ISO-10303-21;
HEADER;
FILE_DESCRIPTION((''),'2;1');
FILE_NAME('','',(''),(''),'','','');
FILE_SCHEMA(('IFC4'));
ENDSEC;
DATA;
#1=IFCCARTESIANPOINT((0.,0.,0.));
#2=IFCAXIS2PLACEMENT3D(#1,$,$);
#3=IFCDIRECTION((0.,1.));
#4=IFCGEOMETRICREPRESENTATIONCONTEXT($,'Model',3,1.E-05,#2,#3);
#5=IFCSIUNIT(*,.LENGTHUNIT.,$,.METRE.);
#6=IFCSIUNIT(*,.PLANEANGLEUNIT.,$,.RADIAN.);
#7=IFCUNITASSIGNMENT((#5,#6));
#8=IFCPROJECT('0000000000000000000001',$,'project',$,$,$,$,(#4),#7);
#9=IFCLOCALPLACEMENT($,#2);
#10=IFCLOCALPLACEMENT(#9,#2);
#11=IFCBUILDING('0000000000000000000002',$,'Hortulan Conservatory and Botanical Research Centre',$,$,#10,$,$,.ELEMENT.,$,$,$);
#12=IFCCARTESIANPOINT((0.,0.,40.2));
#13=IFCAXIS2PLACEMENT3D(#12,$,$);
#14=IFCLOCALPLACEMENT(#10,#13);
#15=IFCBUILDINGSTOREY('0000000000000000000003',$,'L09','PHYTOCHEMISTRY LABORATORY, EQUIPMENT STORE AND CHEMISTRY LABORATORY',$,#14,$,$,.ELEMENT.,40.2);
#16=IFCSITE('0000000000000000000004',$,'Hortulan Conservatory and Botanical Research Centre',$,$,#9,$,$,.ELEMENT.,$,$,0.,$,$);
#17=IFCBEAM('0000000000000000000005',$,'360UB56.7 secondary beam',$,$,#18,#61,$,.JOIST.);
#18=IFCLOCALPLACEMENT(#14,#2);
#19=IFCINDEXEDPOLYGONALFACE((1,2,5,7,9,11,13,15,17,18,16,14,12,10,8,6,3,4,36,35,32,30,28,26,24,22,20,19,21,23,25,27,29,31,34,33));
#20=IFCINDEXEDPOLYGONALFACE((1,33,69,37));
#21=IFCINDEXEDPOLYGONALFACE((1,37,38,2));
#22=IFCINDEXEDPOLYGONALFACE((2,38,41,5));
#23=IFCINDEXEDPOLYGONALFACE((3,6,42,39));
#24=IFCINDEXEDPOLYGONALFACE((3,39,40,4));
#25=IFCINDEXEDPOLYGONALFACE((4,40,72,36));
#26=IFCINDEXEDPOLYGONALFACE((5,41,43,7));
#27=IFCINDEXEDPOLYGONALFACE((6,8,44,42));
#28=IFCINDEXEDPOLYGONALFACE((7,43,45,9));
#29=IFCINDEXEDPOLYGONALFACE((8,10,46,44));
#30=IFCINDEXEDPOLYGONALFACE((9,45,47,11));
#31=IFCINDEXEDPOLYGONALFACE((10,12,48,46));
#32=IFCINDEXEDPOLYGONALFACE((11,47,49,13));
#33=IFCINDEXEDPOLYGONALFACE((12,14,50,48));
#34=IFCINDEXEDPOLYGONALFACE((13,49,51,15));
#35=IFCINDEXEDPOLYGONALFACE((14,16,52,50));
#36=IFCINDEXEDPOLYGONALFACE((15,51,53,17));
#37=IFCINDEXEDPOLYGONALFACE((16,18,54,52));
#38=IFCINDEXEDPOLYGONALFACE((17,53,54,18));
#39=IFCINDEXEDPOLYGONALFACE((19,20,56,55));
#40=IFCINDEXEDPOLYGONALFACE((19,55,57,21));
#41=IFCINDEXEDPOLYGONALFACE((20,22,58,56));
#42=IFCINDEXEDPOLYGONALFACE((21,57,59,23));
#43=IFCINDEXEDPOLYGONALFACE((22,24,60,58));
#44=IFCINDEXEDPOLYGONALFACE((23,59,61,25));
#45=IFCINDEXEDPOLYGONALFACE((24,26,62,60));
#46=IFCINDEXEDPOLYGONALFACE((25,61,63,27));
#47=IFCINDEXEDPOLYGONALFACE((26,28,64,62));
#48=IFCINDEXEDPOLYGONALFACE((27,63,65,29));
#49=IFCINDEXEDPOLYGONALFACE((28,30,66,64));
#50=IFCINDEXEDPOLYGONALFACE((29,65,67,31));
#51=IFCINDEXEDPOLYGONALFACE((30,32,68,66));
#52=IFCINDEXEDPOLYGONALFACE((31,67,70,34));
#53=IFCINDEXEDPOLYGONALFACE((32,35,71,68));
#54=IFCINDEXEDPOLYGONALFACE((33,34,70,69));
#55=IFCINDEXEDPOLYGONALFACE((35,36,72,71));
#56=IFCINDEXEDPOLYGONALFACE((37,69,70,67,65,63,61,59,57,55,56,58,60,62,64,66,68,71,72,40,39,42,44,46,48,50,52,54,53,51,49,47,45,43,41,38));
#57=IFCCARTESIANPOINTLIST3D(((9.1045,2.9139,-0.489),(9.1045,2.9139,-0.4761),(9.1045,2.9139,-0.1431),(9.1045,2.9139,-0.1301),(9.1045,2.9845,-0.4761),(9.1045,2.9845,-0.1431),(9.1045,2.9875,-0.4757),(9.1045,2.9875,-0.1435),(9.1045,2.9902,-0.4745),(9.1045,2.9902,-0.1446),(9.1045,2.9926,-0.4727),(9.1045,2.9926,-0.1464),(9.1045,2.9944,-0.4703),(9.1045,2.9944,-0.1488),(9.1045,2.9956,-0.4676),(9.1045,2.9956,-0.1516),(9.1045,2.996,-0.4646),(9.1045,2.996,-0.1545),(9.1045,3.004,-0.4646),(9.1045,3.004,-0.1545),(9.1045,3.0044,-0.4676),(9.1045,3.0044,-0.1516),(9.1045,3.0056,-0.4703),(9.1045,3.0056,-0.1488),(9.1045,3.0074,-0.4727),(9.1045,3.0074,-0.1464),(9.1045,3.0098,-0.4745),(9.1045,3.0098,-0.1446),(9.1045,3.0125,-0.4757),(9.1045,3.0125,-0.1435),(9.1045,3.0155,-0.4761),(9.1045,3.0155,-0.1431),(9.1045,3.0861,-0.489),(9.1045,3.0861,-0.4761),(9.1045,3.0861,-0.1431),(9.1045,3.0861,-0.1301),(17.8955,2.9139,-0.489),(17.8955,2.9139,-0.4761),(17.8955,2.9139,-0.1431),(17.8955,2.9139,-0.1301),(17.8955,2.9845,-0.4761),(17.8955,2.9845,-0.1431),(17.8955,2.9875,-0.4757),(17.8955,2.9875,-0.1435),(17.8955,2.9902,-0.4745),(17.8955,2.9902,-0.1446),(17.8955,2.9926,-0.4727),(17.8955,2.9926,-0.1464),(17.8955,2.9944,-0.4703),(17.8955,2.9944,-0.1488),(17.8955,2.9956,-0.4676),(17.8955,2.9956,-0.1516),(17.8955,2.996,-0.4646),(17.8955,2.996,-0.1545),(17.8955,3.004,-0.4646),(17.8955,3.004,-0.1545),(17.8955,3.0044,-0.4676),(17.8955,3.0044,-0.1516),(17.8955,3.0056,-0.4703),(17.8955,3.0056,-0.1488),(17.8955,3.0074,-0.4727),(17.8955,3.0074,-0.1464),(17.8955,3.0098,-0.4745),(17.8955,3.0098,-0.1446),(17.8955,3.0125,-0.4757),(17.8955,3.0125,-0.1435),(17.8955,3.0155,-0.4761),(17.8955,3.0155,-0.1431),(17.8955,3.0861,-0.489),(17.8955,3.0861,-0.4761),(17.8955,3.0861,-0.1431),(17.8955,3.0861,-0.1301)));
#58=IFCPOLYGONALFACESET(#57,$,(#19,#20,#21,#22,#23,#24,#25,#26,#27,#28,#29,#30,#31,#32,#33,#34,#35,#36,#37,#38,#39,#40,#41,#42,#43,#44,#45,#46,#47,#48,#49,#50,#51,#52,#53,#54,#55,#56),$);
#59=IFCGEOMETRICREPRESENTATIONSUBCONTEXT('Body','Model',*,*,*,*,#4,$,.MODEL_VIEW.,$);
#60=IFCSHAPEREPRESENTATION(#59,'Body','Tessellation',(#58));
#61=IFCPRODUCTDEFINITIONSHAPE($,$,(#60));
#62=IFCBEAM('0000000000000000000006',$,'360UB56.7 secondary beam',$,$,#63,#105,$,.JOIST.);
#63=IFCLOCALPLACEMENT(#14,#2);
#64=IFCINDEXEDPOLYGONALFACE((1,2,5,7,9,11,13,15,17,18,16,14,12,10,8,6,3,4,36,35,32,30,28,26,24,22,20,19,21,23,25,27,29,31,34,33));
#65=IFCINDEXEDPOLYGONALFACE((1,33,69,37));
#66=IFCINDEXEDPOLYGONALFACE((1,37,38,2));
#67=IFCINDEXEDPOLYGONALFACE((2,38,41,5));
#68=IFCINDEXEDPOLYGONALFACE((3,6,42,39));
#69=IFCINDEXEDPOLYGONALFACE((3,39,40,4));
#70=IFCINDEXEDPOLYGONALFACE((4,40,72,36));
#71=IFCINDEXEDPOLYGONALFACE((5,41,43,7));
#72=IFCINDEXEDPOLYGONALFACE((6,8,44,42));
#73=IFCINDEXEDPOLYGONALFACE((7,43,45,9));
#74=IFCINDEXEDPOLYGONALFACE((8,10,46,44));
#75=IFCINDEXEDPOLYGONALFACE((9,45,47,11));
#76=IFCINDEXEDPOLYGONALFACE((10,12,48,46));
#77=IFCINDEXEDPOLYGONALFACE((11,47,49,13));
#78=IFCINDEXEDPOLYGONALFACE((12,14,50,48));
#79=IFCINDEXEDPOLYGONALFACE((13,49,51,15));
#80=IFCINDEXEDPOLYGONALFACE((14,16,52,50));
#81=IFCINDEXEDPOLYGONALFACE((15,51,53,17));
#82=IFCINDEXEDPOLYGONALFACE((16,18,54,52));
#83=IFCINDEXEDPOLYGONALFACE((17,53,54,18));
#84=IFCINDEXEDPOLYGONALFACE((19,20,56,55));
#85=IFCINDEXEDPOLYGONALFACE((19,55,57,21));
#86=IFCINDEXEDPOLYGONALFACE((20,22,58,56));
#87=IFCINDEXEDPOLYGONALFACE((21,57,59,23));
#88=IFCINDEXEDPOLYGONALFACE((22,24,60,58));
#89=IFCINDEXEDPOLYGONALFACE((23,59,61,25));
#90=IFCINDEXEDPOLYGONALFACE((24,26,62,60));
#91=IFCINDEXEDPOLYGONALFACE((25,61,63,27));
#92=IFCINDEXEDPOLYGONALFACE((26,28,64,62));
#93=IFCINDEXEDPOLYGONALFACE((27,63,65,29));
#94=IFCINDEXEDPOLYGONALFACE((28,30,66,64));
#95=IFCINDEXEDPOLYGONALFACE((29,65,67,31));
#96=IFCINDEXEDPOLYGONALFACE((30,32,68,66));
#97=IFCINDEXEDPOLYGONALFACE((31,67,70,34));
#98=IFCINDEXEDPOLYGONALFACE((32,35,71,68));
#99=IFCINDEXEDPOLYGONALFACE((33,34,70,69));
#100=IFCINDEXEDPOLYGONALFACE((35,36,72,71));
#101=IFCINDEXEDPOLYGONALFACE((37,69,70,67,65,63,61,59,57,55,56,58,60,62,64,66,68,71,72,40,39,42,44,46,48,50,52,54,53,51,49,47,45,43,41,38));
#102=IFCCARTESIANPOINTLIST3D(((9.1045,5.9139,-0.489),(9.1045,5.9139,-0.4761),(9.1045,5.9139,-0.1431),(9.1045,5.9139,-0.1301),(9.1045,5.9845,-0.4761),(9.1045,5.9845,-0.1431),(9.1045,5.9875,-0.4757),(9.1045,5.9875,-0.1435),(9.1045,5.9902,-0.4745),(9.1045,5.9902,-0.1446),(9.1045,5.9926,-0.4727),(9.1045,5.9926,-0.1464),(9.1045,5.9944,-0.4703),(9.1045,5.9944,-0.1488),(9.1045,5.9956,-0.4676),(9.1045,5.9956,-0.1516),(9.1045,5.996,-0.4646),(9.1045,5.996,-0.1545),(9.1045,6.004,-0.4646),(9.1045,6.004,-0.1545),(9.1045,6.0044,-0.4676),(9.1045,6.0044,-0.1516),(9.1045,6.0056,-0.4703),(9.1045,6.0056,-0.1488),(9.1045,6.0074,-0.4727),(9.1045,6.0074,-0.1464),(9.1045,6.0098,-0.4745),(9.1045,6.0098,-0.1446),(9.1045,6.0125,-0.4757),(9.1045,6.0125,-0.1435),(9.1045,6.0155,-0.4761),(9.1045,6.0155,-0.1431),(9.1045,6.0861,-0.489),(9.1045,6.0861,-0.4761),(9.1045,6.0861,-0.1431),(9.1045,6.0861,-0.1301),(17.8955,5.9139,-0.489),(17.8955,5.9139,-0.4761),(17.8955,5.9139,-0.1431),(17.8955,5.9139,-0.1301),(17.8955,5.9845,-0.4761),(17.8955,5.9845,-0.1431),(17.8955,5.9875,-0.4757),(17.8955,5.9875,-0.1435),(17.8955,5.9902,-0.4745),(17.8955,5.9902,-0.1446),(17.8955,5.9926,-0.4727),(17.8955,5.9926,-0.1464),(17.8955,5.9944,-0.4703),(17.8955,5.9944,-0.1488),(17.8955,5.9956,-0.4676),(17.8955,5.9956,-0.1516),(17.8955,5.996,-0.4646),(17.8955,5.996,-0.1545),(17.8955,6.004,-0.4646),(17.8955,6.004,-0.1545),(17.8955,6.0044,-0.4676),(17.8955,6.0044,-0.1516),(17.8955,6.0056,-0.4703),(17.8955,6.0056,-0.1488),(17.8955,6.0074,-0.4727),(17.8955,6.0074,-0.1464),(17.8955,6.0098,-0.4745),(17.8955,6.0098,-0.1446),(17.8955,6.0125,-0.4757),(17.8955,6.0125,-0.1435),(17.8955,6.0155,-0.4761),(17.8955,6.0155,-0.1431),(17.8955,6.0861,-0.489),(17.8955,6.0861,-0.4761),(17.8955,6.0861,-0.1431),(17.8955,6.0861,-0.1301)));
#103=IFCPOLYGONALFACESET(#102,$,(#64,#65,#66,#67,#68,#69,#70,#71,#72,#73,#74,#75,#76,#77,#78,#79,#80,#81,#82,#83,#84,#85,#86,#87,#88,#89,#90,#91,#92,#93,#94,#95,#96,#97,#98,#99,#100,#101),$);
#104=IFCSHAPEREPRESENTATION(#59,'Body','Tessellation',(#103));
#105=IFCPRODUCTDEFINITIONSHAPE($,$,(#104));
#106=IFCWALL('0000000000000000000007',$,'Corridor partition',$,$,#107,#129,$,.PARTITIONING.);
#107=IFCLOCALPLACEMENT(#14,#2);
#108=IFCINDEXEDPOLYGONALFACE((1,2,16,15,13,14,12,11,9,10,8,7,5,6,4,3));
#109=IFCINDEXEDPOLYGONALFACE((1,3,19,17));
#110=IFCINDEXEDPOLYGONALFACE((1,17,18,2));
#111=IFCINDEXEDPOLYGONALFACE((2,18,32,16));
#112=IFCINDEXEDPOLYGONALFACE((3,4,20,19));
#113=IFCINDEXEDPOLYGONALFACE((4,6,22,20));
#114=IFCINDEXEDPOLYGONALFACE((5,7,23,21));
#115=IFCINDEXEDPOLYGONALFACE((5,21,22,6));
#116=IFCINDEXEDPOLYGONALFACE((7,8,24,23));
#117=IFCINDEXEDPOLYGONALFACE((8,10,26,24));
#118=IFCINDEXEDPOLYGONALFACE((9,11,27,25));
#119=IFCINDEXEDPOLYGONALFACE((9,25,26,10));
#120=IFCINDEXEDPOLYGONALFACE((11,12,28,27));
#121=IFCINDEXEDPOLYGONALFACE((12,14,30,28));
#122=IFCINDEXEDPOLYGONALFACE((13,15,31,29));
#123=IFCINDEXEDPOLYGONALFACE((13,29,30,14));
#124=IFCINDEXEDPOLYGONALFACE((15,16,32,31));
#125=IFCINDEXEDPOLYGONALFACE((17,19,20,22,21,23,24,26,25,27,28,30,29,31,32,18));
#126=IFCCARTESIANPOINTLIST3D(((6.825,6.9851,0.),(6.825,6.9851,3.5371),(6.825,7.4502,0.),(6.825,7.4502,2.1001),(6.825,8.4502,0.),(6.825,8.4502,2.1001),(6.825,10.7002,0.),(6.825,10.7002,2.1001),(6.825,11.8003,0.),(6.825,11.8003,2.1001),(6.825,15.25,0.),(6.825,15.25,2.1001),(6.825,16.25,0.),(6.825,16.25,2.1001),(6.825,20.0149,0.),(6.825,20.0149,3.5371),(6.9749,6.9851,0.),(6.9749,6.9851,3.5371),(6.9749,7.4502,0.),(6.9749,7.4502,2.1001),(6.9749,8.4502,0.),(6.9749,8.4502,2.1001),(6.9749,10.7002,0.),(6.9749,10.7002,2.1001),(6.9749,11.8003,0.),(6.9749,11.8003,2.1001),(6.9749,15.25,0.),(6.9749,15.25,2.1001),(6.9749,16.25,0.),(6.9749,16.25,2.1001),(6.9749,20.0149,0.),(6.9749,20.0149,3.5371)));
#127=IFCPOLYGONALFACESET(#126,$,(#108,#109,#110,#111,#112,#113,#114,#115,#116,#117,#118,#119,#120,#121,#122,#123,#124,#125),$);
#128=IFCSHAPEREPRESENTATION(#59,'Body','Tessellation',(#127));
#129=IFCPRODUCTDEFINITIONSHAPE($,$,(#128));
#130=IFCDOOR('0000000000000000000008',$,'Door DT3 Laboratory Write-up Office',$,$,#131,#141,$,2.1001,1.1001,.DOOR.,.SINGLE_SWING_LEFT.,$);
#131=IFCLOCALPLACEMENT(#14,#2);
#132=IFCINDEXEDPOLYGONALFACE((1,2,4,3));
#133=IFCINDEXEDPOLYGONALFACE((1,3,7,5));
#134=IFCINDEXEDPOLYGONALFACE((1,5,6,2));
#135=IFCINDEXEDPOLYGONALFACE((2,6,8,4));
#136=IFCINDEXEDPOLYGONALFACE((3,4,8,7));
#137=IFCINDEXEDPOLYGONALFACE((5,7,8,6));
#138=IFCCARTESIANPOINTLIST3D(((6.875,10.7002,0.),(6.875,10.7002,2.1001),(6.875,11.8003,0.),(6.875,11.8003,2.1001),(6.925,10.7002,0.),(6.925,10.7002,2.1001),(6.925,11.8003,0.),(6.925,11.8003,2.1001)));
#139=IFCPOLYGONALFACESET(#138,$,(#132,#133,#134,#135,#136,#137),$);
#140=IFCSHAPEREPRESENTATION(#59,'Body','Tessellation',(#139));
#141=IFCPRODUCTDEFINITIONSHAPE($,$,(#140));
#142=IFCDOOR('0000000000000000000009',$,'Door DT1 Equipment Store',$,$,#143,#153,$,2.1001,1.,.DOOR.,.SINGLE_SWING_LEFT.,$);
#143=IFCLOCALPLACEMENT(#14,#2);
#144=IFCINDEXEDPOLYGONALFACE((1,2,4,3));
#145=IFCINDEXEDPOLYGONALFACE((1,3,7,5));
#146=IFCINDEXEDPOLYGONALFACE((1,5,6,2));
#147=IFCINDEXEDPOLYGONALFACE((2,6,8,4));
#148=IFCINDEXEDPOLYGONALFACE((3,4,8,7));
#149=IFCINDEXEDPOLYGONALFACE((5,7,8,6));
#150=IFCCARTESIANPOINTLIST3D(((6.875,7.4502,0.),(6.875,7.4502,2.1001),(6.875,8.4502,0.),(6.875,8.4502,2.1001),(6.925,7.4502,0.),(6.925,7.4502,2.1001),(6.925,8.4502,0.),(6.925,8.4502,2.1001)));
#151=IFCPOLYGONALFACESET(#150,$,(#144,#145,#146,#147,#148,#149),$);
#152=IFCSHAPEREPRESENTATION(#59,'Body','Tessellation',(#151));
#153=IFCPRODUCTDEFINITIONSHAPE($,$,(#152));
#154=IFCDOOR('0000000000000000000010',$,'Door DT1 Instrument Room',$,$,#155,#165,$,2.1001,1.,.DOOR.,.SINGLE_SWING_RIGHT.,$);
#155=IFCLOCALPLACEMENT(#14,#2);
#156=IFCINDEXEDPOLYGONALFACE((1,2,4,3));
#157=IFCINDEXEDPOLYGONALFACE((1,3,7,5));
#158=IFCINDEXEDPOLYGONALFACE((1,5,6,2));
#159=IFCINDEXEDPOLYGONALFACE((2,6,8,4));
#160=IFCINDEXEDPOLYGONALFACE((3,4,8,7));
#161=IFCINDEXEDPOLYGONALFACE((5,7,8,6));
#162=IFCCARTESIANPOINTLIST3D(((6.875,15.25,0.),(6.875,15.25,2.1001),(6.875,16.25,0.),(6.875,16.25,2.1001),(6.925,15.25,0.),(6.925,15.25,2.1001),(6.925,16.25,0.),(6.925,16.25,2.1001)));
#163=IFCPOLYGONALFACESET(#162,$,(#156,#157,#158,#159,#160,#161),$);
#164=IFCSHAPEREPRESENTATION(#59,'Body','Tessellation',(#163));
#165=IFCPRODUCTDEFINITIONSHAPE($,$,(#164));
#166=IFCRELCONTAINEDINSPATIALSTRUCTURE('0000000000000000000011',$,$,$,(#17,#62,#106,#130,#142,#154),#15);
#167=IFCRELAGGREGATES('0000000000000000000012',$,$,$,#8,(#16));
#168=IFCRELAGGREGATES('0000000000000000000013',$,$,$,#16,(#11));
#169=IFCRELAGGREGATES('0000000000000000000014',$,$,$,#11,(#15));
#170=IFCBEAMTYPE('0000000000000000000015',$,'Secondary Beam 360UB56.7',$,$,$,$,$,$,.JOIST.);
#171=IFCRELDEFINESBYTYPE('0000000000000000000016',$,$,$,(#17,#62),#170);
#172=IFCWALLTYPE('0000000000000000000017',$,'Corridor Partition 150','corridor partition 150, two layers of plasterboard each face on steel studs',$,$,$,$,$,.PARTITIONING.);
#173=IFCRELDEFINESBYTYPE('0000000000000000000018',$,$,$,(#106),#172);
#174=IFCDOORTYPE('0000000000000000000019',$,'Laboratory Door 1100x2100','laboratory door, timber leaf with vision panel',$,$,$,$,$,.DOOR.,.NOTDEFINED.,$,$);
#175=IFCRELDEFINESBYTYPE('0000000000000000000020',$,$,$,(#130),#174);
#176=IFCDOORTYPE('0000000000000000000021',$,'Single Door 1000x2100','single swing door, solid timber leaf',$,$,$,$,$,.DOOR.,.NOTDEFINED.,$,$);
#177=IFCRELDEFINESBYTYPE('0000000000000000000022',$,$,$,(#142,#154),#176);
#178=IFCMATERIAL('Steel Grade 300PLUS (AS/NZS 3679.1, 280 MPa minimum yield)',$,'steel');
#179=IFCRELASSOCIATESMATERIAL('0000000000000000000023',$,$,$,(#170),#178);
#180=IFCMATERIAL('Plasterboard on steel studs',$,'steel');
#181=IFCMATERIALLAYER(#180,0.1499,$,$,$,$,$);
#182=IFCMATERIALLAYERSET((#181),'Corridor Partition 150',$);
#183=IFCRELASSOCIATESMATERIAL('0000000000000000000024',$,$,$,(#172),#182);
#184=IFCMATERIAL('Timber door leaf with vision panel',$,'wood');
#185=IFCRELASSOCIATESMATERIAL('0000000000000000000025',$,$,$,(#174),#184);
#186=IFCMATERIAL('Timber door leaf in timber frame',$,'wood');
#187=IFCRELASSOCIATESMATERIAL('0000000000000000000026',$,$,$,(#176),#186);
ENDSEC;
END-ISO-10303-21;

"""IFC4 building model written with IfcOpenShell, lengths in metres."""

from ifc_helpers import new_model, si_unit, direction, frame, frame_2d, origin, origin_2d, place, context, subcontext, project, spatial, rectangle, i_section, extrude, material, layer, layer_set, material_profile, profile_set, type_object, element, fill, save


model = new_model("IFC4")

# Units and contexts
model_context = context("Model", 3, precision=1e-05, world=origin(), true_north=direction((0.0, 1.0)))
body_context = subcontext(model_context, "Body", "Model", "MODEL_VIEW")
ifc_project = project(units=[si_unit("LENGTHUNIT", "METRE"), si_unit("PLANEANGLEUNIT", "RADIAN")], contexts=[model_context])

# Site, building, storey
site_placement = place(None, origin())
site = spatial("IfcSite", under=ifc_project, at=site_placement, Name="Hortulan Conservatory and Botanical Research Centre", CompositionType="ELEMENT", RefElevation=0.0)
building_placement = place(site_placement, origin())
building = spatial("IfcBuilding", under=site, at=building_placement, Name="Hortulan Conservatory and Botanical Research Centre", CompositionType="ELEMENT")
storey_placement = place(building_placement, frame((0.0, 0.0, 40.2)))
storey = spatial("IfcBuildingStorey", under=building, at=storey_placement, Name="L09", Description="PHYTOCHEMISTRY LABORATORY, EQUIPMENT STORE AND CHEMISTRY LABORATORY", CompositionType="ELEMENT", Elevation=40.2)

# Shared definitions
ifc_material_1 = material(Name="Steel Grade 300PLUS (AS/NZS 3679.1, 280 MPa minimum yield)", Category="steel")

# Beams
ifc_material_profile_1 = material_profile(ifc_material_1, i_section(OverallWidth=0.1721, OverallDepth=0.3589, WebThickness=0.0081, FlangeThickness=0.0129, FilletRadius=0.0115, at=origin_2d()), Name="360UB56.7")
ifc_profile_set_1 = profile_set([ifc_material_profile_1], Name="Steel Grade 300PLUS (AS/NZS 3679.1, 280 MPa minimum yield)")
beam_type_1 = type_object("IfcBeamType", Name="Secondary Beam 360UB56.7", PredefinedType="JOIST", material=ifc_profile_set_1)
for number, where, z_axis, x_axis, name in (
    (1, (9.1045, 3.0, -0.3096), (1.0, 0.0, 0.0), (0.0, 1.0, 0.0), "360UB56.7 secondary beam"),
    (2, (9.1045, 6.0, -0.3096), (1.0, 0.0, 0.0), (0.0, 1.0, 0.0), "360UB56.7 secondary beam"),
):
    element("IfcBeam", number, at=place(storey_placement, frame(where, z_axis=z_axis, x_axis=x_axis)), inside=storey, type_object=beam_type_1, Name=name, PredefinedType="JOIST", context=body_context, shape_type="SweptSolid", body=[
        extrude(i_section(OverallWidth=0.1721, OverallDepth=0.3589, WebThickness=0.0081, FlangeThickness=0.0129, FilletRadius=0.0115, at=origin_2d()), origin(), (0.0, 0.0, 1.0), 8.791),
    ])

# Wall, openings, doors
ifc_material_2 = material(Name="Plasterboard on steel studs", Category="steel")
ifc_layer_1 = layer(ifc_material_2, 0.1499)
ifc_layer_set_1 = layer_set([ifc_layer_1], Name="Corridor Partition 150")
wall_type_1 = type_object("IfcWallType", Name="Corridor Partition 150", Description="corridor partition 150, two layers of plasterboard each face on steel studs", PredefinedType="PARTITIONING", material=ifc_layer_set_1)
wall_1_placement = place(storey_placement, frame((6.8999, 6.9851, 0.0), z_axis=(0.0, 0.0, 1.0), x_axis=(0.0, 1.0, 0.0)))
wall_1 = element("IfcWall", 3, at=wall_1_placement, inside=storey, type_object=wall_type_1, Name="Corridor partition", PredefinedType="PARTITIONING", context=body_context, shape_type="SweptSolid", body=[
    extrude(rectangle(XDim=13.0298, YDim=0.1499, at=frame_2d((6.5149, 0.0))), origin(), (0.0, 0.0, 1.0), 3.5371),
])
opening_1_placement = place(wall_1_placement, frame((0.4651, 0.0, 0.0)))
opening_1 = element("IfcOpeningElement", 4, at=opening_1_placement, cuts=wall_1, PredefinedType="OPENING", context=body_context, shape_type="SweptSolid", body=[
    extrude(rectangle(XDim=1.0, YDim=2.1001, at=frame_2d((0.5, 1.05))), frame((0.0, 0.085, 0.0), z_axis=(0.0, -1.0, 0.0), x_axis=(1.0, 0.0, 0.0)), (0.0, 0.0, 1.0), 0.1699),
])
opening_2_placement = place(wall_1_placement, frame((3.7151, 0.0, 0.0)))
opening_2 = element("IfcOpeningElement", 5, at=opening_2_placement, cuts=wall_1, PredefinedType="OPENING", context=body_context, shape_type="SweptSolid", body=[
    extrude(rectangle(XDim=1.1001, YDim=2.1001, at=frame_2d((0.55, 1.05))), frame((0.0, 0.085, 0.0), z_axis=(0.0, -1.0, 0.0), x_axis=(1.0, 0.0, 0.0)), (0.0, 0.0, 1.0), 0.1699),
])
opening_3_placement = place(wall_1_placement, frame((8.2649, 0.0, 0.0)))
opening_3 = element("IfcOpeningElement", 6, at=opening_3_placement, cuts=wall_1, PredefinedType="OPENING", context=body_context, shape_type="SweptSolid", body=[
    extrude(rectangle(XDim=1.0, YDim=2.1001, at=frame_2d((0.5, 1.05))), frame((0.0, 0.085, 0.0), z_axis=(0.0, -1.0, 0.0), x_axis=(1.0, 0.0, 0.0)), (0.0, 0.0, 1.0), 0.1699),
])
ifc_material_3 = material(Name="Timber door leaf with vision panel", Category="wood")
door_type_1 = type_object("IfcDoorType", Name="Laboratory Door 1100x2100", Description="laboratory door, timber leaf with vision panel", OperationType="NOTDEFINED", PredefinedType="DOOR", material=ifc_material_3)
door_1_placement = place(opening_2_placement, origin())
door_1 = element("IfcDoor", 7, at=door_1_placement, inside=storey, type_object=door_type_1, Name="Door DT3 Laboratory Write-up Office", OperationType="SINGLE_SWING_LEFT", OverallHeight=2.1001, OverallWidth=1.1001, PredefinedType="DOOR", context=body_context, shape_type="SweptSolid", body=[
    extrude(rectangle(XDim=1.1001, YDim=2.1001, at=frame_2d((0.55, 1.05))), frame((0.0, 0.0249, 0.0), z_axis=(0.0, -1.0, 0.0), x_axis=(1.0, 0.0, 0.0)), (0.0, 0.0, 1.0), 0.05),
])
fill(opening_2, door_1)
ifc_material_4 = material(Name="Timber door leaf in timber frame", Category="wood")
door_type_2 = type_object("IfcDoorType", Name="Single Door 1000x2100", Description="single swing door, solid timber leaf", OperationType="NOTDEFINED", PredefinedType="DOOR", material=ifc_material_4)
door_2_placement = place(opening_1_placement, origin())
door_2 = element("IfcDoor", 8, at=door_2_placement, inside=storey, type_object=door_type_2, Name="Door DT1 Equipment Store", OperationType="SINGLE_SWING_LEFT", OverallHeight=2.1001, OverallWidth=1.0, PredefinedType="DOOR", context=body_context, shape_type="SweptSolid", body=[
    extrude(rectangle(XDim=1.0, YDim=2.1001, at=frame_2d((0.5, 1.05))), frame((0.0, 0.0249, 0.0), z_axis=(0.0, -1.0, 0.0), x_axis=(1.0, 0.0, 0.0)), (0.0, 0.0, 1.0), 0.05),
])
fill(opening_1, door_2)
door_3_placement = place(opening_3_placement, origin())
door_3 = element("IfcDoor", 9, at=door_3_placement, inside=storey, type_object=door_type_2, Name="Door DT1 Instrument Room", OperationType="SINGLE_SWING_RIGHT", OverallHeight=2.1001, OverallWidth=1.0, PredefinedType="DOOR", context=body_context, shape_type="SweptSolid", body=[
    extrude(rectangle(XDim=1.0, YDim=2.1001, at=frame_2d((0.5, 1.05))), frame((0.0, 0.0249, 0.0), z_axis=(0.0, -1.0, 0.0), x_axis=(1.0, 0.0, 0.0)), (0.0, 0.0, 1.0), 0.05),
])
fill(opening_3, door_3)

save(model, "model.ifc")
